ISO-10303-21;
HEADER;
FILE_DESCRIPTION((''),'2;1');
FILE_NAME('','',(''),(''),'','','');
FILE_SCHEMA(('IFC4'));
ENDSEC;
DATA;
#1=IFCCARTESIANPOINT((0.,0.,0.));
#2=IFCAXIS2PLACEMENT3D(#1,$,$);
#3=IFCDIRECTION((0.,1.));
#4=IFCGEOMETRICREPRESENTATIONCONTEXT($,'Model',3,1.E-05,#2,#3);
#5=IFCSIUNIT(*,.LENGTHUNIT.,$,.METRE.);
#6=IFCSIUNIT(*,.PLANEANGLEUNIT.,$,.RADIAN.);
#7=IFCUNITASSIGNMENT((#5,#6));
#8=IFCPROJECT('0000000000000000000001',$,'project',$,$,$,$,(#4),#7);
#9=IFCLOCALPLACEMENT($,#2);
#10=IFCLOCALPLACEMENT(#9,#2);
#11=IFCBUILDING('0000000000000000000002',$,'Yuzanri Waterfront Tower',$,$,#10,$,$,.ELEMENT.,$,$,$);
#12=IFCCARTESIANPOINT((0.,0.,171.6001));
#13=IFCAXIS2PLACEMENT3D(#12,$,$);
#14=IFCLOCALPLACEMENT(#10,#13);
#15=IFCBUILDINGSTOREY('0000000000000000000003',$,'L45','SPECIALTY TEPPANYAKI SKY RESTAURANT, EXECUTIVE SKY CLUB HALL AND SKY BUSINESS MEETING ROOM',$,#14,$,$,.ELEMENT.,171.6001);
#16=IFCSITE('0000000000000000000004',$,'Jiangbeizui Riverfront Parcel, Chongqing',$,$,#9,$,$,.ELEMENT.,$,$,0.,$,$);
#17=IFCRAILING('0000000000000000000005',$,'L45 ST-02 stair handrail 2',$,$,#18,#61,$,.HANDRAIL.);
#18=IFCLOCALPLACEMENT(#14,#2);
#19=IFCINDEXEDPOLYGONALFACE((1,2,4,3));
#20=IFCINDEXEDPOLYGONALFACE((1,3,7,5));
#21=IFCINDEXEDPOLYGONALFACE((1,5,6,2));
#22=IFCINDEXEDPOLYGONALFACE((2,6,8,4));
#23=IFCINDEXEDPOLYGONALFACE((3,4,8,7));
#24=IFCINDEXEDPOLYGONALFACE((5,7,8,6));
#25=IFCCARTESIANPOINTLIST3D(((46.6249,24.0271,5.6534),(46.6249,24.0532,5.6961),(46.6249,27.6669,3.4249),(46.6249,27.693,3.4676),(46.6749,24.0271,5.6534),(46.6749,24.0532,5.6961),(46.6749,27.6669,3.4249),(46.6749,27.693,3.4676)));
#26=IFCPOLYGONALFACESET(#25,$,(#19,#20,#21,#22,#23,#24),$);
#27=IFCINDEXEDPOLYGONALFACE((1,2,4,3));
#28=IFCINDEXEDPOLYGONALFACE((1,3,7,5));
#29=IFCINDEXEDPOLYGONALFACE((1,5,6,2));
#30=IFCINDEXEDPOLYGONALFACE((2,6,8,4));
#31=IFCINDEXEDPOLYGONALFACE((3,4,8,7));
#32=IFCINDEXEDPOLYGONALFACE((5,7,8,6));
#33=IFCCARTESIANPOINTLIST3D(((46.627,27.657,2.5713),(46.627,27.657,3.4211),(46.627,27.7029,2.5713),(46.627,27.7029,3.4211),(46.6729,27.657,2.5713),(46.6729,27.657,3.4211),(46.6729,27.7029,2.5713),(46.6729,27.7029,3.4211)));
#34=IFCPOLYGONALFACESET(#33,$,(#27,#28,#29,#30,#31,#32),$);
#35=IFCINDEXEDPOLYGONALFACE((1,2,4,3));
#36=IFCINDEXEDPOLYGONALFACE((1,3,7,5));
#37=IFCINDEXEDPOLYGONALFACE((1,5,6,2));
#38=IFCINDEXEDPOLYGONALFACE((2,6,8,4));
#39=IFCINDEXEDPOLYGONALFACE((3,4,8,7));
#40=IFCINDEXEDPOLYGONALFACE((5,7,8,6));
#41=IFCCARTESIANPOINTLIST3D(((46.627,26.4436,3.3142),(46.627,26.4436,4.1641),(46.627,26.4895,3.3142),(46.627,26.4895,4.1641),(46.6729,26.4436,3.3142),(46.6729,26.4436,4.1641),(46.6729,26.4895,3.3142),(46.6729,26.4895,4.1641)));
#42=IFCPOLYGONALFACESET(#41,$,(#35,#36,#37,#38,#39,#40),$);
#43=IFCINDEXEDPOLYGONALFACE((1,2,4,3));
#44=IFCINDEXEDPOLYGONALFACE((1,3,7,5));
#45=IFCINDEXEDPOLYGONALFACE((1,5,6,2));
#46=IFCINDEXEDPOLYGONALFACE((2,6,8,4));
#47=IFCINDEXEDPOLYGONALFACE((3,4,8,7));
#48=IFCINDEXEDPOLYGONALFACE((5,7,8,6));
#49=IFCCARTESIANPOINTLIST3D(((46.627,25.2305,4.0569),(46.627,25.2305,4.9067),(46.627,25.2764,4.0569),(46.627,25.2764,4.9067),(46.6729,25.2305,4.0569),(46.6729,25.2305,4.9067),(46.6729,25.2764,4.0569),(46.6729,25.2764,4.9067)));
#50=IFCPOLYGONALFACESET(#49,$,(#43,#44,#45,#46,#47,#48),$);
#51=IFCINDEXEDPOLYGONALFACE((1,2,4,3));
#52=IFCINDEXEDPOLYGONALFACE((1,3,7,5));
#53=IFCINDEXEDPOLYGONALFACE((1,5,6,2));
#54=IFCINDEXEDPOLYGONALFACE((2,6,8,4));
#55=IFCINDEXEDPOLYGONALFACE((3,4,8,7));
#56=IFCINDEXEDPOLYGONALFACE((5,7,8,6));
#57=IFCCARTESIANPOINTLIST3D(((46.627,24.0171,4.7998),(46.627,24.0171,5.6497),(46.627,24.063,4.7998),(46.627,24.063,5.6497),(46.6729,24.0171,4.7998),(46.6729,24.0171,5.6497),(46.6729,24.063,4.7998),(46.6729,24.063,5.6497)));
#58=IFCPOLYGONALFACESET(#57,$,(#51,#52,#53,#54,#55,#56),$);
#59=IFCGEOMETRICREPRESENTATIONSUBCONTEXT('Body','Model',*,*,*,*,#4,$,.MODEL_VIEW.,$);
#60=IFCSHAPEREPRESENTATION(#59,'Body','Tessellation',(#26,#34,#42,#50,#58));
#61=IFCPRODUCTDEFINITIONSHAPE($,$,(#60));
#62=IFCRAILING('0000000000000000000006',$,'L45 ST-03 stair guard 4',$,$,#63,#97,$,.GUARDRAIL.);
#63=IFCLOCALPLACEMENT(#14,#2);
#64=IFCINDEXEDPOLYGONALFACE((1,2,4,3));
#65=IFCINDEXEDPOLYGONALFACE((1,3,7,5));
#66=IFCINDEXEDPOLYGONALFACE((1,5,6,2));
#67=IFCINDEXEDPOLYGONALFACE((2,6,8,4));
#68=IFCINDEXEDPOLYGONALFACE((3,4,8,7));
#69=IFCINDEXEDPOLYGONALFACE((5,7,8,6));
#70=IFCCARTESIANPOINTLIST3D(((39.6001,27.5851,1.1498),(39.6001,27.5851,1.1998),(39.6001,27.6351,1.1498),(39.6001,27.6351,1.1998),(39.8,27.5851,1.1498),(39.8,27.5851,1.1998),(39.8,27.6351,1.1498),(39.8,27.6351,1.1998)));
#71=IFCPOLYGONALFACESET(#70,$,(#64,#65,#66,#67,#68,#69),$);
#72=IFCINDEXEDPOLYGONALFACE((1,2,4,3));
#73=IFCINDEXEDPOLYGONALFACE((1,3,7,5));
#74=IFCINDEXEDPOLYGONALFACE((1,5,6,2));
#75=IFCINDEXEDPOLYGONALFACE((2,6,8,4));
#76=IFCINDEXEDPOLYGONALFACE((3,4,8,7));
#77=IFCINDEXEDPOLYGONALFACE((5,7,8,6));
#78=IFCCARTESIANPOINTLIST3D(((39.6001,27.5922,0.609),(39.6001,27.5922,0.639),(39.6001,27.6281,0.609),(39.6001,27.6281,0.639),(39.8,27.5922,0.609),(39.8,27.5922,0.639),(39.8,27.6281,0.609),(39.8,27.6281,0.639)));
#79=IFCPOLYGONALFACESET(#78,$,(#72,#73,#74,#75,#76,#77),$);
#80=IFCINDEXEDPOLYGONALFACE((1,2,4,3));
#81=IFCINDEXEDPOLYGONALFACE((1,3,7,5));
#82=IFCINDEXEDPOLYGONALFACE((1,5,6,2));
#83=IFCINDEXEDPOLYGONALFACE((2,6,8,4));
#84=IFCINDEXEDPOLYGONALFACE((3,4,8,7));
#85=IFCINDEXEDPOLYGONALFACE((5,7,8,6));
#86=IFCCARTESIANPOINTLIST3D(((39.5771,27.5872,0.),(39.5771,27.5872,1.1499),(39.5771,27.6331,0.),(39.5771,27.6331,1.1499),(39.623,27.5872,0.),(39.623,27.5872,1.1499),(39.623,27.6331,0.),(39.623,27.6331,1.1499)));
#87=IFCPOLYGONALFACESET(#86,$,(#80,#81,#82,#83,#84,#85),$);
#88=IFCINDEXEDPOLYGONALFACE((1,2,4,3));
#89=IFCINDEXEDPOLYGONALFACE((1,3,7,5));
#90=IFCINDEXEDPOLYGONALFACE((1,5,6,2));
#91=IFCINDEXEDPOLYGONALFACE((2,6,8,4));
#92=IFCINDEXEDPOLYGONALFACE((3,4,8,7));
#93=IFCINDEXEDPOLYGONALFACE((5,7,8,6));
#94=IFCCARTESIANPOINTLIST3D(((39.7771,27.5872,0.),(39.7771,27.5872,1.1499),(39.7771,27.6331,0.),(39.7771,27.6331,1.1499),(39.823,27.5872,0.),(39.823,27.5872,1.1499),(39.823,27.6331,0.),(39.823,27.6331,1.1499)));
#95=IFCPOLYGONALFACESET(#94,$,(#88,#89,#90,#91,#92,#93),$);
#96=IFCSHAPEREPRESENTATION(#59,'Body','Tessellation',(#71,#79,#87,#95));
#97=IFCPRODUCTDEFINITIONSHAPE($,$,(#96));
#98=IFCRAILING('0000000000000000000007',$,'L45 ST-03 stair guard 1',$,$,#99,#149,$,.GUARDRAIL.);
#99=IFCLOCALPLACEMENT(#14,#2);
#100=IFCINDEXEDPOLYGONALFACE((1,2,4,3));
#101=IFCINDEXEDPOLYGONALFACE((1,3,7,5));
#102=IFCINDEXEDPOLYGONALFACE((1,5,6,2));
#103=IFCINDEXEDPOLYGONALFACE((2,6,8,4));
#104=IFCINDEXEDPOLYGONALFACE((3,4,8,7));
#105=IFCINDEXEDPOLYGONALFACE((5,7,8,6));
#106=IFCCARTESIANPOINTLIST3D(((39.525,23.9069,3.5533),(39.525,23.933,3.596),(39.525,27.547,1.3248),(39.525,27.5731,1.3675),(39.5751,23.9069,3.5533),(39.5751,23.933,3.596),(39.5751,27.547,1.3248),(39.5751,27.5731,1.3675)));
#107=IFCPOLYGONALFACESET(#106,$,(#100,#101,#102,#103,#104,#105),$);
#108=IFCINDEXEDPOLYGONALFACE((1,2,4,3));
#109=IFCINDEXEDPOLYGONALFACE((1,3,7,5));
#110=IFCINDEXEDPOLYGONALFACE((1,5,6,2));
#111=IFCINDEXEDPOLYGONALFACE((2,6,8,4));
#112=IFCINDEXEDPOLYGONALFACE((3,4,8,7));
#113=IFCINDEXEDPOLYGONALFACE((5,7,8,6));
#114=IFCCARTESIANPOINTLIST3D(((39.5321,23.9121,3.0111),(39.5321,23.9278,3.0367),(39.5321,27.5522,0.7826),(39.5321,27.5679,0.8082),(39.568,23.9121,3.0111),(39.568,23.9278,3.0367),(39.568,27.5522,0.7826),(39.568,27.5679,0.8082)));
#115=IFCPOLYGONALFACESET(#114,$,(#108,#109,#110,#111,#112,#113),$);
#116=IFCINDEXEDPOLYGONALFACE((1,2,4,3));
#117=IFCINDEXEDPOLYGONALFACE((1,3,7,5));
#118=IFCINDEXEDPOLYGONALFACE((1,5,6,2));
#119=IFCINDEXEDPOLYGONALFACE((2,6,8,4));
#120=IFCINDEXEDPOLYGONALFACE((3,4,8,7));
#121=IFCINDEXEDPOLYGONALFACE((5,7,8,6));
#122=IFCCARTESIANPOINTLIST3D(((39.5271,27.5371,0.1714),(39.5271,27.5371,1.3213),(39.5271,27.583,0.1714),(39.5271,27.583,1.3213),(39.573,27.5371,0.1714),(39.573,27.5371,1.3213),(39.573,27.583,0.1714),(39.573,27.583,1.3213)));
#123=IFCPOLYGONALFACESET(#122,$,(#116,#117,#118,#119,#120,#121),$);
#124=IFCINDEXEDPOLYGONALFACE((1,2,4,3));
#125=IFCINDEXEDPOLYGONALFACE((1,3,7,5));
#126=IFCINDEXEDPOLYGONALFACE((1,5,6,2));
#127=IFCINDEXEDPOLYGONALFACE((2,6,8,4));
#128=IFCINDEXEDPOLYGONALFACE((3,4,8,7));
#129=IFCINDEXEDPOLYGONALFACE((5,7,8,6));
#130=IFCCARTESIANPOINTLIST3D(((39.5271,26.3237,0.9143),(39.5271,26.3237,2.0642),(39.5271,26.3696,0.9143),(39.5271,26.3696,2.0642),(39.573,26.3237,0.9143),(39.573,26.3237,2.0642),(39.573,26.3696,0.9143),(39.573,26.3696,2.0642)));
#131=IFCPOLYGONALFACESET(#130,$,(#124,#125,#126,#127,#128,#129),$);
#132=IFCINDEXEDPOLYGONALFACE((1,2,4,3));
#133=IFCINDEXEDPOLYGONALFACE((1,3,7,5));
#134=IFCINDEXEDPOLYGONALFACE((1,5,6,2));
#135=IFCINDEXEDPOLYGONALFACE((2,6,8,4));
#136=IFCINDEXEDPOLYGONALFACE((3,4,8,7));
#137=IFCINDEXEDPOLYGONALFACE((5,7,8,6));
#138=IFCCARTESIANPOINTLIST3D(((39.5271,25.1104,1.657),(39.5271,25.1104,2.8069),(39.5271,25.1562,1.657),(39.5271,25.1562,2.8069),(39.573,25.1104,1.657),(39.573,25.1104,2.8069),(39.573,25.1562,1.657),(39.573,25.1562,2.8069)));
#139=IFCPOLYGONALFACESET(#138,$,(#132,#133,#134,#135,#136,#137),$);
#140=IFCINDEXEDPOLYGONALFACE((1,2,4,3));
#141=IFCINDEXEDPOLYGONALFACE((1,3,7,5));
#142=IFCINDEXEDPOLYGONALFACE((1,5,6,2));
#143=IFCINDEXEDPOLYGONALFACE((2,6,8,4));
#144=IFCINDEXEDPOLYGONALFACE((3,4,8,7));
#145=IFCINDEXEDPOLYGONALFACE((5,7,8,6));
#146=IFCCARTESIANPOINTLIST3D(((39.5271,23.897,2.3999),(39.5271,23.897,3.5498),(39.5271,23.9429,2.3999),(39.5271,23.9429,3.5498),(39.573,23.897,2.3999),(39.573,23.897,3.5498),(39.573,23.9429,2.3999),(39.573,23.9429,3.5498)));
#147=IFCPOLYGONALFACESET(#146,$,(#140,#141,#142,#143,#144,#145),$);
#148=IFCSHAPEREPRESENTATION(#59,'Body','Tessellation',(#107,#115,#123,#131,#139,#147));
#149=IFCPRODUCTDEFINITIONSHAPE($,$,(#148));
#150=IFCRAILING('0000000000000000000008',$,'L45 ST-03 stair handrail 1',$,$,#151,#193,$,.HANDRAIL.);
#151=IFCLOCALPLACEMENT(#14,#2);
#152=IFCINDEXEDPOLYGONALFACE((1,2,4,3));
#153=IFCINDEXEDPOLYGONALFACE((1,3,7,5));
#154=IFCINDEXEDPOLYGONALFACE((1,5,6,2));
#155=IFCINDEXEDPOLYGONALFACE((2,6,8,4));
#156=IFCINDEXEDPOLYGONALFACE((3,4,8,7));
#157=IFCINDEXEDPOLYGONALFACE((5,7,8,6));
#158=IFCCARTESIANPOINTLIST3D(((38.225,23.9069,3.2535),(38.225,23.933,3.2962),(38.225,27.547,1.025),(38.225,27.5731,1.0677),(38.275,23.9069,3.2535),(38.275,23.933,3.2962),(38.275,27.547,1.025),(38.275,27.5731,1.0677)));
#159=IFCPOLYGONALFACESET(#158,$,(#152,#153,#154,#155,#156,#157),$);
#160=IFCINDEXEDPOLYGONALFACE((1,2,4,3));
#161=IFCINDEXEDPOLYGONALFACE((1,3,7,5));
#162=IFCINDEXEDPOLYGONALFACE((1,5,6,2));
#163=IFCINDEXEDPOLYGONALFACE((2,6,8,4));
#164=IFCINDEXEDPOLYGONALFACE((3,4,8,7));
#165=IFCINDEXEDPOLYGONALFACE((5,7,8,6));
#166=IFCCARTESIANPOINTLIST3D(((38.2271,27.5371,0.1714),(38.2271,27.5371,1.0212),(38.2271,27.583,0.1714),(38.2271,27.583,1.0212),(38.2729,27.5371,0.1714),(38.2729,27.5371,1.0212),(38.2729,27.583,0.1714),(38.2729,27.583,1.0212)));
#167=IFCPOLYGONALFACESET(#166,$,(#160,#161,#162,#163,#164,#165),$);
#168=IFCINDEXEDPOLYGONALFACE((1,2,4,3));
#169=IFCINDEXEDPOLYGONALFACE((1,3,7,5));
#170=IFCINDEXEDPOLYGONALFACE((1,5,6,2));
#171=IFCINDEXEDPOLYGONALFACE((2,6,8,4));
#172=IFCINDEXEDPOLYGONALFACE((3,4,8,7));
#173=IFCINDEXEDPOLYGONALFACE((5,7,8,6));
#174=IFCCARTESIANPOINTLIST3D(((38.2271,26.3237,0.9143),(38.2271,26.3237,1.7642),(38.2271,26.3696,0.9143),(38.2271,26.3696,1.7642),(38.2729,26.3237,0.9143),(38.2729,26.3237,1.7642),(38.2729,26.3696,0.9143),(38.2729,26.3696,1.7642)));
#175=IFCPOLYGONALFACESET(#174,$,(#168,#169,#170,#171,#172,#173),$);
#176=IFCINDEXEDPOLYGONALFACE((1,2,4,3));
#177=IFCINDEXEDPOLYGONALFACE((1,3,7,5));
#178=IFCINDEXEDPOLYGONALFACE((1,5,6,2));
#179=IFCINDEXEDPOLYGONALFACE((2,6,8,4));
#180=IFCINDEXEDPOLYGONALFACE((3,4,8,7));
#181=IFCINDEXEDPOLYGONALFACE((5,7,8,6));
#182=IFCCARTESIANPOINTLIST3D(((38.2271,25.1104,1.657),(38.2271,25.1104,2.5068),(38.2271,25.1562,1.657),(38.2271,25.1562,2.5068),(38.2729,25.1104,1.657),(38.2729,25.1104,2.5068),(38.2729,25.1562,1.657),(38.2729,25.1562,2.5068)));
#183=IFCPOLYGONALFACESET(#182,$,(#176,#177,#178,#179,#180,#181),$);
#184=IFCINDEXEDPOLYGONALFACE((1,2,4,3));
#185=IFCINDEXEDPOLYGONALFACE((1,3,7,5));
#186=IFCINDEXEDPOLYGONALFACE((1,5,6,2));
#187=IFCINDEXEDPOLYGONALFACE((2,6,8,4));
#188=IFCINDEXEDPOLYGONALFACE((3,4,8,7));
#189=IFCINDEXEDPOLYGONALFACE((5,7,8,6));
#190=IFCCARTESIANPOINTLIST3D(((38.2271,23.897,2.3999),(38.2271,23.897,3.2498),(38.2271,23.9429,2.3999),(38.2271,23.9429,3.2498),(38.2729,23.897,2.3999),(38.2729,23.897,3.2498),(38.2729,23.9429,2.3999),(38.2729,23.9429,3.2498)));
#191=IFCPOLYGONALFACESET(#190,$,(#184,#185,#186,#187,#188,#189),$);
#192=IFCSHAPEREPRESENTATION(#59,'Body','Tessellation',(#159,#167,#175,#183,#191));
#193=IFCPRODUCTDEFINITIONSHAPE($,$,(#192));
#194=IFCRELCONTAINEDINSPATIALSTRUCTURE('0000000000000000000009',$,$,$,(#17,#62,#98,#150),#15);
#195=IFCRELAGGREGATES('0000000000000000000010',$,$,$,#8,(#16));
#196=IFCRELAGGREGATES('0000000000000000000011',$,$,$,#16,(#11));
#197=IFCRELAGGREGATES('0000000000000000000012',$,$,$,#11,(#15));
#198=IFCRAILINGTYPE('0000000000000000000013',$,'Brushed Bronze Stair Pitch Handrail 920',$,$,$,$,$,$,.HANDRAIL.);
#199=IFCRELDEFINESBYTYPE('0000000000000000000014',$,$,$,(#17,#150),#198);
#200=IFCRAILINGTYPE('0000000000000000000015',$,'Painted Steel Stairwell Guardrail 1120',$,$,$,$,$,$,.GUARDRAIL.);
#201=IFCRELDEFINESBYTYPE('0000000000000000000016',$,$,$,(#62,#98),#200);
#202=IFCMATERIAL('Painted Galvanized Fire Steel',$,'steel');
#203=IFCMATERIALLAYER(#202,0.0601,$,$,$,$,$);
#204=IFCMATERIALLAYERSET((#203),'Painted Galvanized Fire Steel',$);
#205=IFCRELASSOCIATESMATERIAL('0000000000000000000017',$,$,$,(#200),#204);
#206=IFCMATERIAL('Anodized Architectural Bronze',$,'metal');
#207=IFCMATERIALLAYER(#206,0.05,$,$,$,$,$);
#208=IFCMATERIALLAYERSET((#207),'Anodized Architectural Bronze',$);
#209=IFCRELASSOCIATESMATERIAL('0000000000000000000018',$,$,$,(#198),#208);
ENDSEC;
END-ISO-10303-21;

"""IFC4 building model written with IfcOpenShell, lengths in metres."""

from ifc_helpers import new_model, si_unit, direction, frame, origin, origin_2d, place, context, subcontext, project, spatial, rectangle, extrude, source, transform, mapped, material, layer, layer_set, type_object, element, save


model = new_model("IFC4")

# Units and contexts
model_context = context("Model", 3, precision=1e-05, world=origin(), true_north=direction((0.0, 1.0)))
body_context = subcontext(model_context, "Body", "Model", "MODEL_VIEW")
ifc_project = project(units=[si_unit("LENGTHUNIT", "METRE"), si_unit("PLANEANGLEUNIT", "RADIAN")], contexts=[model_context])

# Site, building, storey
site_placement = place(None, origin())
site = spatial("IfcSite", under=ifc_project, at=site_placement, Name="Jiangbeizui Riverfront Parcel, Chongqing", CompositionType="ELEMENT", RefElevation=0.0)
building_placement = place(site_placement, origin())
building = spatial("IfcBuilding", under=site, at=building_placement, Name="Yuzanri Waterfront Tower", CompositionType="ELEMENT")
storey_placement = place(building_placement, frame((0.0, 0.0, 171.6001)))
storey = spatial("IfcBuildingStorey", under=building, at=storey_placement, Name="L45", Description="SPECIALTY TEPPANYAKI SKY RESTAURANT, EXECUTIVE SKY CLUB HALL AND SKY BUSINESS MEETING ROOM", CompositionType="ELEMENT", Elevation=171.6001)

# Railings
ifc_material_1 = material(Name="Painted Galvanized Fire Steel", Category="steel")
ifc_layer_1 = layer(ifc_material_1, 0.0601)
ifc_layer_set_1 = layer_set([ifc_layer_1], Name="Painted Galvanized Fire Steel")
railing_type_1 = type_object("IfcRailingType", Name="Painted Steel Stairwell Guardrail 1120", PredefinedType="GUARDRAIL", material=ifc_layer_set_1)
ifc_material_2 = material(Name="Anodized Architectural Bronze", Category="metal")
ifc_layer_2 = layer(ifc_material_2, 0.05)
ifc_layer_set_2 = layer_set([ifc_layer_2], Name="Anodized Architectural Bronze")
railing_type_2 = type_object("IfcRailingType", Name="Brushed Bronze Stair Pitch Handrail 920", PredefinedType="HANDRAIL", material=ifc_layer_set_2)
shared_shape_1 = source(origin(), body_context, "Body", "SweptSolid", [
    extrude(rectangle(XDim=0.05, YDim=0.05, at=origin_2d()), frame((0.0, 0.0, 0.875), z_axis=(0.0, -0.85285, 0.522156), x_axis=(1.0, 0.0, 0.0)), (0.0, 0.0, 1.0), 4.2678),
    extrude(rectangle(XDim=0.0459, YDim=0.0459, at=origin_2d()), origin(), (0.0, 0.0, 1.0), 0.8499),
    extrude(rectangle(XDim=0.0459, YDim=0.0459, at=origin_2d()), frame((0.0, -1.2134, 0.7429)), (0.0, 0.0, 1.0), 0.8499),
    extrude(rectangle(XDim=0.0459, YDim=0.0459, at=origin_2d()), frame((0.0, -2.4265, 1.4856)), (0.0, 0.0, 1.0), 0.8499),
    extrude(rectangle(XDim=0.0459, YDim=0.0459, at=origin_2d()), frame((0.0, -3.6399, 2.2285)), (0.0, 0.0, 1.0), 0.8499),
])
railing_1_placement = place(storey_placement, frame((46.6499, 27.6799, 2.5713)))
element("IfcRailing", 1, at=railing_1_placement, inside=storey, type_object=railing_type_2, Name="L45 ST-02 stair handrail 2", PredefinedType="HANDRAIL", context=body_context, shape_type="MappedRepresentation", body=[
    mapped(shared_shape_1, transform((0.0, 0.0, 0.0), scale=1.0)),
])
shared_shape_2 = source(origin(), body_context, "Body", "SweptSolid", [
    extrude(rectangle(XDim=0.05, YDim=0.05, at=origin_2d()), frame((0.0, 0.0, 1.1748), z_axis=(1.0, 0.0, 0.0), x_axis=(0.0, 1.0, 0.0)), (0.0, 0.0, 1.0), 0.2),
    extrude(rectangle(XDim=0.0359, YDim=0.03, at=origin_2d()), frame((0.0, 0.0, 0.624), z_axis=(1.0, 0.0, 0.0), x_axis=(0.0, 1.0, 0.0)), (0.0, 0.0, 1.0), 0.2),
    extrude(rectangle(XDim=0.0459, YDim=0.0459, at=origin_2d()), origin(), (0.0, 0.0, 1.0), 1.1499),
    extrude(rectangle(XDim=0.0459, YDim=0.0459, at=origin_2d()), frame((0.2, 0.0, 0.0)), (0.0, 0.0, 1.0), 1.1499),
])
railing_2_placement = place(storey_placement, frame((39.6001, 27.6101, 0.0)))
element("IfcRailing", 2, at=railing_2_placement, inside=storey, type_object=railing_type_1, Name="L45 ST-03 stair guard 4", PredefinedType="GUARDRAIL", context=body_context, shape_type="MappedRepresentation", body=[
    mapped(shared_shape_2, transform((0.0, 0.0, 0.0), scale=1.0)),
])
shared_shape_3 = source(origin(), body_context, "Body", "SweptSolid", [
    extrude(rectangle(XDim=0.05, YDim=0.05, at=origin_2d()), frame((0.0, 0.0, 1.1748), z_axis=(0.0, -0.852866, 0.52213), x_axis=(1.0, 0.0, 0.0)), (0.0, 0.0, 1.0), 4.2681),
    extrude(rectangle(XDim=0.0359, YDim=0.03, at=origin_2d()), frame((0.0, 0.0, 0.624), z_axis=(0.0, -0.852866, 0.52213), x_axis=(1.0, 0.0, 0.0)), (0.0, 0.0, 1.0), 4.2681),
    extrude(rectangle(XDim=0.0459, YDim=0.0459, at=origin_2d()), origin(), (0.0, 0.0, 1.0), 1.1499),
    extrude(rectangle(XDim=0.0459, YDim=0.0459, at=origin_2d()), frame((0.0, -1.2134, 0.7429)), (0.0, 0.0, 1.0), 1.1499),
    extrude(rectangle(XDim=0.0459, YDim=0.0459, at=origin_2d()), frame((0.0, -2.4268, 1.4856)), (0.0, 0.0, 1.0), 1.1499),
    extrude(rectangle(XDim=0.0459, YDim=0.0459, at=origin_2d()), frame((0.0, -3.6401, 2.2285)), (0.0, 0.0, 1.0), 1.1499),
])
railing_3_placement = place(storey_placement, frame((39.55, 27.5601, 0.1714)))
element("IfcRailing", 3, at=railing_3_placement, inside=storey, type_object=railing_type_1, Name="L45 ST-03 stair guard 1", PredefinedType="GUARDRAIL", context=body_context, shape_type="MappedRepresentation", body=[
    mapped(shared_shape_3, transform((0.0, 0.0, 0.0), scale=1.0)),
])
shared_shape_4 = source(origin(), body_context, "Body", "SweptSolid", [
    extrude(rectangle(XDim=0.05, YDim=0.05, at=origin_2d()), frame((0.0, 0.0, 0.875), z_axis=(0.0, -0.852866, 0.52213), x_axis=(1.0, 0.0, 0.0)), (0.0, 0.0, 1.0), 4.2681),
    extrude(rectangle(XDim=0.0459, YDim=0.0459, at=origin_2d()), origin(), (0.0, 0.0, 1.0), 0.8499),
    extrude(rectangle(XDim=0.0459, YDim=0.0459, at=origin_2d()), frame((0.0, -1.2134, 0.7429)), (0.0, 0.0, 1.0), 0.8499),
    extrude(rectangle(XDim=0.0459, YDim=0.0459, at=origin_2d()), frame((0.0, -2.4268, 1.4856)), (0.0, 0.0, 1.0), 0.8499),
    extrude(rectangle(XDim=0.0459, YDim=0.0459, at=origin_2d()), frame((0.0, -3.6401, 2.2285)), (0.0, 0.0, 1.0), 0.8499),
])
railing_4_placement = place(storey_placement, frame((38.25, 27.5601, 0.1714)))
element("IfcRailing", 4, at=railing_4_placement, inside=storey, type_object=railing_type_2, Name="L45 ST-03 stair handrail 1", PredefinedType="HANDRAIL", context=body_context, shape_type="MappedRepresentation", body=[
    mapped(shared_shape_4, transform((0.0, 0.0, 0.0), scale=1.0)),
])

save(model, "model.ifc")
